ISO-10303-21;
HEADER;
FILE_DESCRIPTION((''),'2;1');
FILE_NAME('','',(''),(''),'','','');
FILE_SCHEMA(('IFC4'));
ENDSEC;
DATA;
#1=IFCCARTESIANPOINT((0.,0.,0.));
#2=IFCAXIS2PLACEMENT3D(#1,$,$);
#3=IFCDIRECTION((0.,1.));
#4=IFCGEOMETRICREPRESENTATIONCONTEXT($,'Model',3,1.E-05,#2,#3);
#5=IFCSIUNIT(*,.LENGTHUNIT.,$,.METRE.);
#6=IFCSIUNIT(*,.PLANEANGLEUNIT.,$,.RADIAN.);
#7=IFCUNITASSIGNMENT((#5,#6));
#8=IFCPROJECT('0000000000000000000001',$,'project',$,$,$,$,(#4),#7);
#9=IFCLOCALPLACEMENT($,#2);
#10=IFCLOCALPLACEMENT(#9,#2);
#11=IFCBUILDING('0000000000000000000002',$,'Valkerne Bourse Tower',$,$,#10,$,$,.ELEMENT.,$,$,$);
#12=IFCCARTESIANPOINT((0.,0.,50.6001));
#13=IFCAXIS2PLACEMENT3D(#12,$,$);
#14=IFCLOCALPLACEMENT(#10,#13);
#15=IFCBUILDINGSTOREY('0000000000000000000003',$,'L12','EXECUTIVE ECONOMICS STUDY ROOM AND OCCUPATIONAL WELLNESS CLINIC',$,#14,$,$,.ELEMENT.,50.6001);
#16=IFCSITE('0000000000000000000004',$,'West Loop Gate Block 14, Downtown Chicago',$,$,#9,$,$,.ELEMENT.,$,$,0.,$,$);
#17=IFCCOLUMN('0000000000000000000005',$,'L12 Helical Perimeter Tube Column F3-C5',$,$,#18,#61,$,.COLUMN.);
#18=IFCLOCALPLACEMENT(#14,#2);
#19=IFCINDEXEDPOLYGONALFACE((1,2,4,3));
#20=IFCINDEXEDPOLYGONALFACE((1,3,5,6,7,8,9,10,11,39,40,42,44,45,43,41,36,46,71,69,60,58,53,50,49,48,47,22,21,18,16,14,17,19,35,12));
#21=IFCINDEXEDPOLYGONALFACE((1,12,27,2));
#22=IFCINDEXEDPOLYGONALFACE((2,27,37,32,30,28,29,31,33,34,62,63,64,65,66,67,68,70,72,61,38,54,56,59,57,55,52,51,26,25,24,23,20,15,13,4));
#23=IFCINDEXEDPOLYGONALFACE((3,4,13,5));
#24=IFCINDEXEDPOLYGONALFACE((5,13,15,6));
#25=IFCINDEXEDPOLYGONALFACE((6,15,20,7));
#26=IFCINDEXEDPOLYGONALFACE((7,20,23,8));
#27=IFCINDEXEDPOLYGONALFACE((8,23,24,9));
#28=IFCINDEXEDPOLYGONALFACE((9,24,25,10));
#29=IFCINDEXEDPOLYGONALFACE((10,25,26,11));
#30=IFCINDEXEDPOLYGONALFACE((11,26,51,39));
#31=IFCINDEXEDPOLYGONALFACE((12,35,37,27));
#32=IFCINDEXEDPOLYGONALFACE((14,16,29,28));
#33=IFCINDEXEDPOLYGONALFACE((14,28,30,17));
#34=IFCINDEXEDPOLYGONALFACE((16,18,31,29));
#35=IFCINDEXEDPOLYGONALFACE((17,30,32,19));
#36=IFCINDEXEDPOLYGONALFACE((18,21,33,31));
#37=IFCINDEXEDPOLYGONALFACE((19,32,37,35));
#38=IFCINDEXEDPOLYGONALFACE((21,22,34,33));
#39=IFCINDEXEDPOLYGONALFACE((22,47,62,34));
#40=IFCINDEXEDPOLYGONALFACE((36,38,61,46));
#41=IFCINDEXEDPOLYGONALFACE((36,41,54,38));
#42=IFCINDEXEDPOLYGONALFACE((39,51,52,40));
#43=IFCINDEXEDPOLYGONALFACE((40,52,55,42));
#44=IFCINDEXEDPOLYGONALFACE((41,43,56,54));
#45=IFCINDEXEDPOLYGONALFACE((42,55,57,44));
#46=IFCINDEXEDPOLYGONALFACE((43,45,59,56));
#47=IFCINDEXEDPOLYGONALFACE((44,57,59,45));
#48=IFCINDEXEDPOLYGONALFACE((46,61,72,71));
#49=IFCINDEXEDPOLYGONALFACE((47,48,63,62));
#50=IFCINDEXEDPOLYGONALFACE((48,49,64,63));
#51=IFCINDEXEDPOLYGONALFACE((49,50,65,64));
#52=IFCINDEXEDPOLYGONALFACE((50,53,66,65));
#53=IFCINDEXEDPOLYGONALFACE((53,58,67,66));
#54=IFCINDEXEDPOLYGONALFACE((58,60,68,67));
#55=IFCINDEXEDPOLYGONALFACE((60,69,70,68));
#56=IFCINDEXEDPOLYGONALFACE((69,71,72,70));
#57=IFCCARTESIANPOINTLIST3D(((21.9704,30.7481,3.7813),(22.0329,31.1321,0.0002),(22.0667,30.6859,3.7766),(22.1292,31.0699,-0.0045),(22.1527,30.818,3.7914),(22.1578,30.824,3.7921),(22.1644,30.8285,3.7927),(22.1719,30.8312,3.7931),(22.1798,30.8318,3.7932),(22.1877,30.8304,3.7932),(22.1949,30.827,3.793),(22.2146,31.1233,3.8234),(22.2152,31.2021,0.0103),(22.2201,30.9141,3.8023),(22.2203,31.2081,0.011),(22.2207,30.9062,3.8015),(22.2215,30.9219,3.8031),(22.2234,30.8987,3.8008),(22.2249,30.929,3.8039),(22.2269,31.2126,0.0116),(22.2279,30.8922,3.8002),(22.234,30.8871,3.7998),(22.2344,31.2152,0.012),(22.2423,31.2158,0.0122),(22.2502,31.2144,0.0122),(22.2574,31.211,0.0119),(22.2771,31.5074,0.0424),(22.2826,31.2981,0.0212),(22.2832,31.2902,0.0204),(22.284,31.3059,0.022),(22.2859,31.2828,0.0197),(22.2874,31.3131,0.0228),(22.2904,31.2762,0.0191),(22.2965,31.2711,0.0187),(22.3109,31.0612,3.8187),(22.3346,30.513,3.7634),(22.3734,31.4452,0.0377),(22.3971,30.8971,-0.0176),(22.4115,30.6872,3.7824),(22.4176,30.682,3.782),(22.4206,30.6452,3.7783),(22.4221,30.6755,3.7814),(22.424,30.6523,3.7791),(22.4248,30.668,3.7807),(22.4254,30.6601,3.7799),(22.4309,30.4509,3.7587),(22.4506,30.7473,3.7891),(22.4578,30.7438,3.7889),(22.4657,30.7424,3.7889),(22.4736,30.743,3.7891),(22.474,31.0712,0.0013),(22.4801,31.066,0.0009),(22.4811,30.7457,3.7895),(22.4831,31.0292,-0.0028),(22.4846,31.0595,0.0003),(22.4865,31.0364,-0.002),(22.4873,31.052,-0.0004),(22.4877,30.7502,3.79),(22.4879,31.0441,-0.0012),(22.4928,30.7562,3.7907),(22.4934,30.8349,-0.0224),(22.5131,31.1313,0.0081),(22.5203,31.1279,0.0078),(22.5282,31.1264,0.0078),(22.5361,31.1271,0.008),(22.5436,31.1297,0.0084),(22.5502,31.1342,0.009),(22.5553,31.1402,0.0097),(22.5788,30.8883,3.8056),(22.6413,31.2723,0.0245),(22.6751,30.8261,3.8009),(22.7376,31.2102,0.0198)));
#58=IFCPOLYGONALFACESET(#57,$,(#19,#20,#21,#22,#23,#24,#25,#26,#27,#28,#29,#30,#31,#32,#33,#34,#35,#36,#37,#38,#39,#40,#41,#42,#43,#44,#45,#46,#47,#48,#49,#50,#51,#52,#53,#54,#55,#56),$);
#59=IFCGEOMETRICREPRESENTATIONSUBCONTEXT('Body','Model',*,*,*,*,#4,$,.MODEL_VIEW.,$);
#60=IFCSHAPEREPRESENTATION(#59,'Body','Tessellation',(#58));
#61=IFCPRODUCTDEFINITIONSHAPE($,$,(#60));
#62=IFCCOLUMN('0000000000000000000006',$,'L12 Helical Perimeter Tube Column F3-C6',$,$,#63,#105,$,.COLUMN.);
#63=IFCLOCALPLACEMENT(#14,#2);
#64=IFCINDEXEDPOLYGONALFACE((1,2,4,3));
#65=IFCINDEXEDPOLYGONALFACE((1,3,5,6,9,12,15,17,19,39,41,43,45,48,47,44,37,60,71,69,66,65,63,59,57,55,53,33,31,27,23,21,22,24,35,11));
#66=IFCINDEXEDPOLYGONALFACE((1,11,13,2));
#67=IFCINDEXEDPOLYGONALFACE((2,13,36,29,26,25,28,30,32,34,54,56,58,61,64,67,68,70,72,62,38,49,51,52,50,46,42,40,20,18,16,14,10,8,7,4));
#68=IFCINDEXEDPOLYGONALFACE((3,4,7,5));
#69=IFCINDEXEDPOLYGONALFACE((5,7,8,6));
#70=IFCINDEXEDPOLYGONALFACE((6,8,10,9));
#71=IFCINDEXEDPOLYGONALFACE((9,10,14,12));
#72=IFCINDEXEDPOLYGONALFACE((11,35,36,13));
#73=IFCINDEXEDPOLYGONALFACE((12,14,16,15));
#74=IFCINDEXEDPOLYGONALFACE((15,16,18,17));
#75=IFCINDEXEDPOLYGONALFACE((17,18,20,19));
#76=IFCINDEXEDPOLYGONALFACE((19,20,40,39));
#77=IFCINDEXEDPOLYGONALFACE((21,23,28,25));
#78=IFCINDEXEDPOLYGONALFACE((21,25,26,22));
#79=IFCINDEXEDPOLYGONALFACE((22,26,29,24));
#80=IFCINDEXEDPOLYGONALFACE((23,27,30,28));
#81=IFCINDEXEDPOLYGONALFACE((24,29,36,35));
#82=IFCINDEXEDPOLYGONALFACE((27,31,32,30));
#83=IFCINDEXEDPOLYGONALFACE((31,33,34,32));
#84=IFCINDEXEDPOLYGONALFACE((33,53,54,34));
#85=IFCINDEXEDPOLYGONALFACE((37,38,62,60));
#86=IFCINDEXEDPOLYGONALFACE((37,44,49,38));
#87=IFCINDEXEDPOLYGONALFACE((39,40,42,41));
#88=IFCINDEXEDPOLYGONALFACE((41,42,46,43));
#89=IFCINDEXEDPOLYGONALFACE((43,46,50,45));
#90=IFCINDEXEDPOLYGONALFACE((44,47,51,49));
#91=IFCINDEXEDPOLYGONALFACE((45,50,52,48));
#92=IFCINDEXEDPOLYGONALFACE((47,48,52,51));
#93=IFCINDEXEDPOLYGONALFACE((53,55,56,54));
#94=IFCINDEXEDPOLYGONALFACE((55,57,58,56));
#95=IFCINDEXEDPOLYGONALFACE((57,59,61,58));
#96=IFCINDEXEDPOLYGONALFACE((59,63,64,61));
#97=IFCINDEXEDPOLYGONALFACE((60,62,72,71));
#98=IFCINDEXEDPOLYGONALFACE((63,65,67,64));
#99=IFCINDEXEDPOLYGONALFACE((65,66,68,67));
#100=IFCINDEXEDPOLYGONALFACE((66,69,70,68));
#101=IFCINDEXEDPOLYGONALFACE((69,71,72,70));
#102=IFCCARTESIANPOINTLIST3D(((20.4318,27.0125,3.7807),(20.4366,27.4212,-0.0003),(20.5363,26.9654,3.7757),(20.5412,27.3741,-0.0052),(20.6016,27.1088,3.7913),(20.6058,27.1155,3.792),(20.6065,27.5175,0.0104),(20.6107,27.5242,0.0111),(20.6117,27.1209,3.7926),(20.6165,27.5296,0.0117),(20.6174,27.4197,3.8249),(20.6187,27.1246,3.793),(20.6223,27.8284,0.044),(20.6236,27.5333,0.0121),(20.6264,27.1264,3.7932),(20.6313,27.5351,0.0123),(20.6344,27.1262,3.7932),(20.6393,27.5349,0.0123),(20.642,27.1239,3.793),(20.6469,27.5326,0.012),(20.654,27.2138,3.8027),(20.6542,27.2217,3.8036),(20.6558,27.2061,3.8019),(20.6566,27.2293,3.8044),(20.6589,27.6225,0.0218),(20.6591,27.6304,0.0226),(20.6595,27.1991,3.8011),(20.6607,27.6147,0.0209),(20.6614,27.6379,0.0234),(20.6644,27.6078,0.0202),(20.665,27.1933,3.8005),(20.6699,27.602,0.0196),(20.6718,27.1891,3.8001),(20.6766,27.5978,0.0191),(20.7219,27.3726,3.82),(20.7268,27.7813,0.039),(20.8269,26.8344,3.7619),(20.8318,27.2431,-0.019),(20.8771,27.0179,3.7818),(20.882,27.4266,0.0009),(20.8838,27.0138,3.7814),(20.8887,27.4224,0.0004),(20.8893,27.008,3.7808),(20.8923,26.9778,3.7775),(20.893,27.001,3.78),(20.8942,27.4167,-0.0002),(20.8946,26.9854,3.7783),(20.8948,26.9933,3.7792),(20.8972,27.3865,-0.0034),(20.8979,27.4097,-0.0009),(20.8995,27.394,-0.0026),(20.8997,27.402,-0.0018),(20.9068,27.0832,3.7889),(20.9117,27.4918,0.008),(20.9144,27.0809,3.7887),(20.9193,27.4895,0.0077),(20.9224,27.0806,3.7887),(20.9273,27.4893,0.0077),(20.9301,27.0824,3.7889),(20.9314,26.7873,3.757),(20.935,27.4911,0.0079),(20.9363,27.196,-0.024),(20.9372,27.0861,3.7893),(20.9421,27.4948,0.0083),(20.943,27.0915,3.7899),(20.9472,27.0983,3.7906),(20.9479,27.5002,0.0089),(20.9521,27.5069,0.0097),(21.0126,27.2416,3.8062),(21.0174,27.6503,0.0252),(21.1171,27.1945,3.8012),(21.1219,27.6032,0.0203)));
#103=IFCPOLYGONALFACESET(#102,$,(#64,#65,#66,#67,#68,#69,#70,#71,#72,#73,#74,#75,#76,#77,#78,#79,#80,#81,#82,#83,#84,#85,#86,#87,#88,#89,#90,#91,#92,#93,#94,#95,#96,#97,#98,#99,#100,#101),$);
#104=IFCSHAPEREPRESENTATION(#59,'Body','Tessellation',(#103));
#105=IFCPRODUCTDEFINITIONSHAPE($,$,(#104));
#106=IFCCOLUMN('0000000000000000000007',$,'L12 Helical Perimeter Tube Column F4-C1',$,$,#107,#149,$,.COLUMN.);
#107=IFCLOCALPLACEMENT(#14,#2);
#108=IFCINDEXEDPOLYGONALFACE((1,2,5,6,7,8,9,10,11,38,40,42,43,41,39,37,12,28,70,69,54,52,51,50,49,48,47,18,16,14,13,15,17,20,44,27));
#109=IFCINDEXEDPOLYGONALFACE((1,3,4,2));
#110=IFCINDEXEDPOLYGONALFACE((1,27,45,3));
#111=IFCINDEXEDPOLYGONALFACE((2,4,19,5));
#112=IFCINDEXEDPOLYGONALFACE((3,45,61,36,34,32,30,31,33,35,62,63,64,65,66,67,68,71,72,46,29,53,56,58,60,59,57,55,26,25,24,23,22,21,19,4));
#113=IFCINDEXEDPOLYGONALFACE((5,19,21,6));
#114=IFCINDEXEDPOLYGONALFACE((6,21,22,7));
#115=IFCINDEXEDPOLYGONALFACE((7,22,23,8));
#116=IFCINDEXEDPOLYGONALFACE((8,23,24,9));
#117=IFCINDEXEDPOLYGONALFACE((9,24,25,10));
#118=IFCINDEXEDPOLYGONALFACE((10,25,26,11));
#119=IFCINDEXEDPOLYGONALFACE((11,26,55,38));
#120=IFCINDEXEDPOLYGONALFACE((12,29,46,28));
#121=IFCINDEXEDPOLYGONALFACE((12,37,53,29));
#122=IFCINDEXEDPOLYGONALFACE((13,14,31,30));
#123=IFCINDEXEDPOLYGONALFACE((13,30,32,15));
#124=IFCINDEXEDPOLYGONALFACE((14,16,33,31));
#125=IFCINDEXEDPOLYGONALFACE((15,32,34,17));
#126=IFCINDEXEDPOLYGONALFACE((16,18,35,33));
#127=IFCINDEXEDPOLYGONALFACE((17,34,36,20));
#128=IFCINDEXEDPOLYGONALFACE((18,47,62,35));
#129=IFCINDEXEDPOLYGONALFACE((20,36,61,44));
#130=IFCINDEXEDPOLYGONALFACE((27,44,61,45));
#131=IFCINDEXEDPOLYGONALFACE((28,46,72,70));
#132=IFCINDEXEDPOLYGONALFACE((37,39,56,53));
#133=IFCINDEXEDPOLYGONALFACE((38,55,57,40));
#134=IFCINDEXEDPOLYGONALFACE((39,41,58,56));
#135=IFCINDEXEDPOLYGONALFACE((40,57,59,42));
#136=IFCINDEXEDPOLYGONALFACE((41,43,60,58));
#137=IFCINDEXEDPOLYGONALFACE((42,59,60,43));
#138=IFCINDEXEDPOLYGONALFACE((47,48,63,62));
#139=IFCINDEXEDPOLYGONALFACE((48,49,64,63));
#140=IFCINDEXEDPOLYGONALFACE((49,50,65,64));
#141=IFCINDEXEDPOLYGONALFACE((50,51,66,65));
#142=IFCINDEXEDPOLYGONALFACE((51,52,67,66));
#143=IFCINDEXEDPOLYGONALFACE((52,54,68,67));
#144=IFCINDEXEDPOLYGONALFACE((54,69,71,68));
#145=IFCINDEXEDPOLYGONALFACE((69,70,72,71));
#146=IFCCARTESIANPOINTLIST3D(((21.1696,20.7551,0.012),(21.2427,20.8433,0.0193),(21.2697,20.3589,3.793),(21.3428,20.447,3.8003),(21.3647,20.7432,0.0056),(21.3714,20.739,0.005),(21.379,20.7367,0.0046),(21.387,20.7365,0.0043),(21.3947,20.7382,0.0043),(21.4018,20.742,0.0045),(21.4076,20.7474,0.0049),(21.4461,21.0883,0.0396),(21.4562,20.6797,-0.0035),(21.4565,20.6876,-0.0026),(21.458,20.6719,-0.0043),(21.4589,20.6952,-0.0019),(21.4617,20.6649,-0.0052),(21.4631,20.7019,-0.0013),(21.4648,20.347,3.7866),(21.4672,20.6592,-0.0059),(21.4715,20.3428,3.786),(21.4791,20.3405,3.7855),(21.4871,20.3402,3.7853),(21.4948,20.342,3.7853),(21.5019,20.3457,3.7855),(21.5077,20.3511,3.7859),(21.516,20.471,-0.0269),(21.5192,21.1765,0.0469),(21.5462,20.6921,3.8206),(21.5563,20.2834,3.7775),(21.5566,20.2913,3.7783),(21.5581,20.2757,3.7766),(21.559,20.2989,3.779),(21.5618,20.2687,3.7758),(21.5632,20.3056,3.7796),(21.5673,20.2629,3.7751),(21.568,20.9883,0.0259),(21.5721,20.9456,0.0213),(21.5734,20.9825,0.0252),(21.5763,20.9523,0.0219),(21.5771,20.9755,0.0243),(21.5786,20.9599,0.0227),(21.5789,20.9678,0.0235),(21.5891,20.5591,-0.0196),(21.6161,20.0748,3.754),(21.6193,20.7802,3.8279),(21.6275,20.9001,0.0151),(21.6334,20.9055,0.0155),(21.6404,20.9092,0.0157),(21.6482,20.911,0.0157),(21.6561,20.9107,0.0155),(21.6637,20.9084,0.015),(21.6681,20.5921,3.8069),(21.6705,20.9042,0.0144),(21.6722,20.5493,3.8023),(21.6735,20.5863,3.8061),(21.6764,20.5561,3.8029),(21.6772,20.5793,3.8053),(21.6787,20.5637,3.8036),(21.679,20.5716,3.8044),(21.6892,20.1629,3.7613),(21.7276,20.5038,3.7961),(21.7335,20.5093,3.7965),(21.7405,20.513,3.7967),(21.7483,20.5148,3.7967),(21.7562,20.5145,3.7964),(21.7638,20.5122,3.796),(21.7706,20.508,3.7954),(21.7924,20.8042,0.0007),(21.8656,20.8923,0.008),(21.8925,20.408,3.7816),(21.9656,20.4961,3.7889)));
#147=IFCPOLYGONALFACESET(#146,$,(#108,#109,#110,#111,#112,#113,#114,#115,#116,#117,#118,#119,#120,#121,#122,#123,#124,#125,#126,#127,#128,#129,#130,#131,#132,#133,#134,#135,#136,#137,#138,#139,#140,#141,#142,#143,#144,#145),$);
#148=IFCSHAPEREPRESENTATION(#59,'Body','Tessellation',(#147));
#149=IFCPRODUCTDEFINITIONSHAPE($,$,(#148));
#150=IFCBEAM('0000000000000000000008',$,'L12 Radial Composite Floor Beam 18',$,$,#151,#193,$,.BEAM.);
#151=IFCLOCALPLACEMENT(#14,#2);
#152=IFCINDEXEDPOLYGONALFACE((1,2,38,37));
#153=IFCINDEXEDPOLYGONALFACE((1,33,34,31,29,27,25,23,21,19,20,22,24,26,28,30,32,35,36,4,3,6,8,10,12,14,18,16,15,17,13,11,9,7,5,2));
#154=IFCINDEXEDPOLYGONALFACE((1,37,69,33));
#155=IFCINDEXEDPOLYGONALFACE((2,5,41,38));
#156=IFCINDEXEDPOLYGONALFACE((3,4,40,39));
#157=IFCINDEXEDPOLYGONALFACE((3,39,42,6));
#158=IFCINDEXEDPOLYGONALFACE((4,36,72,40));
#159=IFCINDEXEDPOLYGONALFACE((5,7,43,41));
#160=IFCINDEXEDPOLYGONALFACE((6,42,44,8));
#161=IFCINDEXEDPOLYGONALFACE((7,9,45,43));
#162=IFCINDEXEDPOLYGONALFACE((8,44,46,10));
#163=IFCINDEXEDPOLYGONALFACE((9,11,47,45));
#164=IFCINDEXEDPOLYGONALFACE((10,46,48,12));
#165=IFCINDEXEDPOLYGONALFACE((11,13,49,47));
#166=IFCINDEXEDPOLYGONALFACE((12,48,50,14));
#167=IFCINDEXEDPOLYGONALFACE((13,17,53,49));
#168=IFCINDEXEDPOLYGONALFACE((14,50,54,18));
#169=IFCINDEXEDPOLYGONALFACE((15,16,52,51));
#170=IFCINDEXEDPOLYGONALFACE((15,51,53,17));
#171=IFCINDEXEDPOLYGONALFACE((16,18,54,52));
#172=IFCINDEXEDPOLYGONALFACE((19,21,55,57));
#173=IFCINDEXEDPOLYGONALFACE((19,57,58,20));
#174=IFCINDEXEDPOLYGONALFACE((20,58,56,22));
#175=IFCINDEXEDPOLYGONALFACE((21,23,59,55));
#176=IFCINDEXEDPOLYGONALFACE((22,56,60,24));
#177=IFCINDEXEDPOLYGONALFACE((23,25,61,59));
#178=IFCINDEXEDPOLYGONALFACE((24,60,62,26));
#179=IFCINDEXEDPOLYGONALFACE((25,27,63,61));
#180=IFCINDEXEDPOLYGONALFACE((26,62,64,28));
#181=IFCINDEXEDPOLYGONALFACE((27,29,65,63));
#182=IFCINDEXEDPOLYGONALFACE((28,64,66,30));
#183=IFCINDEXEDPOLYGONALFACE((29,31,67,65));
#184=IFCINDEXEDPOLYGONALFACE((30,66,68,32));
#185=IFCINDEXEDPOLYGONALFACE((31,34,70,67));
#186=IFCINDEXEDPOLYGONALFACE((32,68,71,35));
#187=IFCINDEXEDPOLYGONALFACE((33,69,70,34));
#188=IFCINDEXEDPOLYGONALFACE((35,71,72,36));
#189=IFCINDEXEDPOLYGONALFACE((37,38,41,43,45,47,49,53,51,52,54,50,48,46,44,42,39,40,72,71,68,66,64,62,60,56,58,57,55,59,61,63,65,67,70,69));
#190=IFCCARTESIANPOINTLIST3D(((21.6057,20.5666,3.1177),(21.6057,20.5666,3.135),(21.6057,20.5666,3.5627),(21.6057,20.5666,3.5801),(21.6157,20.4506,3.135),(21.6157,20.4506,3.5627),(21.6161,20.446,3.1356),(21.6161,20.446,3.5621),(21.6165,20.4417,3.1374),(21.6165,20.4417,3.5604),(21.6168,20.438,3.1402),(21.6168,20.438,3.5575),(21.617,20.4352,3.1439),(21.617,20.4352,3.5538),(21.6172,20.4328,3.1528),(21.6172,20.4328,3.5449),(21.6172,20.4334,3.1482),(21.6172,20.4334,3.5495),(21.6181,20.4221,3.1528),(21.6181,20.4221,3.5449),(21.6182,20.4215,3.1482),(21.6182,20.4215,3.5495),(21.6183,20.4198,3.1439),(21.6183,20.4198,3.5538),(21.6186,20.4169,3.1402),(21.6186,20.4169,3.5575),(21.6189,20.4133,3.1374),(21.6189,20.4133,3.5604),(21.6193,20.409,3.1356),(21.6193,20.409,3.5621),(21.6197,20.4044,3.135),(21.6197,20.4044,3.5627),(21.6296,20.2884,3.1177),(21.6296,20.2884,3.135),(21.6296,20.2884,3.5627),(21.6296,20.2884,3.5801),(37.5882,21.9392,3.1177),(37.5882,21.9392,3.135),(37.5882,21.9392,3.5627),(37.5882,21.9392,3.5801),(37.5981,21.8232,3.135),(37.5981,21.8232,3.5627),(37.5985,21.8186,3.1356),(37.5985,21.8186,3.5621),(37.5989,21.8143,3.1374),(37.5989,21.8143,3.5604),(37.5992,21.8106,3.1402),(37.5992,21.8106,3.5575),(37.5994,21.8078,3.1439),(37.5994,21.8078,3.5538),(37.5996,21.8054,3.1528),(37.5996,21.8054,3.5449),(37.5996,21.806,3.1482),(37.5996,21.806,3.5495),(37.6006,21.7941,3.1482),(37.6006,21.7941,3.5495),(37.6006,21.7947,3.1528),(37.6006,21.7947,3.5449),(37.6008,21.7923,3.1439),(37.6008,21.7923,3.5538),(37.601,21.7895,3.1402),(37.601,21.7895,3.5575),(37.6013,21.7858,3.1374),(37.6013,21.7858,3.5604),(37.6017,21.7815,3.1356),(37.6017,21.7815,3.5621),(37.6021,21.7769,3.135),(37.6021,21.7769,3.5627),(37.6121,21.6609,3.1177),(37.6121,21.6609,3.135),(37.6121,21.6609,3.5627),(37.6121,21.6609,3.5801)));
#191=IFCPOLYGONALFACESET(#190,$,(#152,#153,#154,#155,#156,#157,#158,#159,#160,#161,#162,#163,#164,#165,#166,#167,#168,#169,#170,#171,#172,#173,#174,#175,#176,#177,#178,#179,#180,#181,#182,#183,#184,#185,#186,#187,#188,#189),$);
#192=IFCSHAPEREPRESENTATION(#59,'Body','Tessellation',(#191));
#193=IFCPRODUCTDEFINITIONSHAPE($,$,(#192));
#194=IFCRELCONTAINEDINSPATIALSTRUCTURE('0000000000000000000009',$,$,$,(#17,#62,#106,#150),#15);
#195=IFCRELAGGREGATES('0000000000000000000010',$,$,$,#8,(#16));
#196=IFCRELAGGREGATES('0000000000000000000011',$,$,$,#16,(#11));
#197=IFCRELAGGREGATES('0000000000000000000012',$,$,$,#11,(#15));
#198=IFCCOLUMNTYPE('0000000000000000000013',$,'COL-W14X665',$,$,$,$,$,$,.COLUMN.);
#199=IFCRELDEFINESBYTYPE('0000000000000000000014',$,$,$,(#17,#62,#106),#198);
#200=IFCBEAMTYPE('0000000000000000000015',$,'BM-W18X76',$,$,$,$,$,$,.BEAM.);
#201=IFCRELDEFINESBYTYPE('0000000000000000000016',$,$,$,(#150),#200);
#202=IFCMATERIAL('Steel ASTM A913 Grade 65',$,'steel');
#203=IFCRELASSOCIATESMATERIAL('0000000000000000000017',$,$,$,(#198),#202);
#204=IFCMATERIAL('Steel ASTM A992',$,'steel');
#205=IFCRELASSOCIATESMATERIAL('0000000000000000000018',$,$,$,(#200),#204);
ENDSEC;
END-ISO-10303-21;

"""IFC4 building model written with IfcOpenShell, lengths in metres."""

from ifc_helpers import new_model, si_unit, direction, frame, origin, origin_2d, place, context, subcontext, project, spatial, i_section, extrude, material, material_profile, profile_set, type_object, element, save


model = new_model("IFC4")

# Units and contexts
model_context = context("Model", 3, precision=1e-05, world=origin(), true_north=direction((0.0, 1.0)))
body_context = subcontext(model_context, "Body", "Model", "MODEL_VIEW")
ifc_project = project(units=[si_unit("LENGTHUNIT", "METRE"), si_unit("PLANEANGLEUNIT", "RADIAN")], contexts=[model_context])

# Site, building, storey
site_placement = place(None, origin())
site = spatial("IfcSite", under=ifc_project, at=site_placement, Name="West Loop Gate Block 14, Downtown Chicago", CompositionType="ELEMENT", RefElevation=0.0)
building_placement = place(site_placement, origin())
building = spatial("IfcBuilding", under=site, at=building_placement, Name="Valkerne Bourse Tower", CompositionType="ELEMENT")
storey_placement = place(building_placement, frame((0.0, 0.0, 50.6001)))
storey = spatial("IfcBuildingStorey", under=building, at=storey_placement, Name="L12", Description="EXECUTIVE ECONOMICS STUDY ROOM AND OCCUPATIONAL WELLNESS CLINIC", CompositionType="ELEMENT", Elevation=50.6001)

# Columns
ifc_material_1 = material(Name="Steel ASTM A913 Grade 65", Category="steel")
ifc_material_profile_1 = material_profile(ifc_material_1, i_section(OverallWidth=0.4497, OverallDepth=0.5486, WebThickness=0.072, FlangeThickness=0.1147, FilletRadius=0.0305, at=origin_2d()), Name="W14X665")
ifc_profile_set_1 = profile_set([ifc_material_profile_1], Name="Steel ASTM A913 Grade 65")
column_type = type_object("IfcColumnType", Name="COL-W14X665", PredefinedType="COLUMN", material=ifc_profile_set_1)
column_placement = place(storey_placement, frame((22.3853, 31.1711, 0.01), z_axis=(-0.016443, -0.101036, 0.994747), x_axis=(-0.543041, -0.834458, -0.093732)))
element("IfcColumn", 1, at=column_placement, inside=storey, type_object=column_type, Name="L12 Helical Perimeter Tube Column F3-C5", PredefinedType="COLUMN", context=body_context, shape_type="SweptSolid", body=[
    extrude(i_section(OverallWidth=0.4497, OverallDepth=0.5486, WebThickness=0.072, FlangeThickness=0.1147, FilletRadius=0.0305, at=origin_2d()), origin(), (0.0, 0.0, 1.0), 3.801),
])
for number, where, z_axis, x_axis, name in (
    (2, (20.7793, 27.5122, 0.01), (-0.001284, -0.107465, 0.994208), (-0.412795, -0.905492, -0.098408), "L12 Helical Perimeter Tube Column F3-C6"),
    (3, (21.5176, 20.8237, 0.01), (0.026321, -0.104191, 0.994209), (0.77023, -0.631858, -0.086608), "L12 Helical Perimeter Tube Column F4-C1"),
):
    element("IfcColumn", number, at=place(storey_placement, frame(where, z_axis=z_axis, x_axis=x_axis)), inside=storey, type_object=column_type, Name=name, PredefinedType="COLUMN", context=body_context, shape_type="SweptSolid", body=[
        extrude(i_section(OverallWidth=0.4497, OverallDepth=0.5486, WebThickness=0.072, FlangeThickness=0.1147, FilletRadius=0.0305, at=origin_2d()), origin(), (0.0, 0.0, 1.0), 3.803),
    ])

# Beam
ifc_material_2 = material(Name="Steel ASTM A992", Category="steel")
ifc_material_profile_2 = material_profile(ifc_material_2, i_section(OverallWidth=0.2793, OverallDepth=0.4624, WebThickness=0.0107, FlangeThickness=0.0173, FilletRadius=0.0178, at=origin_2d()), Name="W18X76")
ifc_profile_set_2 = profile_set([ifc_material_profile_2], Name="Steel ASTM A992")
beam_type_1 = type_object("IfcBeamType", Name="BM-W18X76", PredefinedType="BEAM", material=ifc_profile_set_2)
beam_1_placement = place(storey_placement, frame((21.6177, 20.4275, 3.3489), z_axis=(0.996333, 0.085564, 0.0), x_axis=(-0.085564, 0.996333, 0.0)))
element("IfcBeam", 4, at=beam_1_placement, inside=storey, type_object=beam_type_1, Name="L12 Radial Composite Floor Beam 18", PredefinedType="BEAM", context=body_context, shape_type="SweptSolid", body=[
    extrude(i_section(OverallWidth=0.2793, OverallDepth=0.4624, WebThickness=0.0107, FlangeThickness=0.0173, FilletRadius=0.0178, at=origin_2d()), origin(), (0.0, 0.0, 1.0), 16.0413),
])

save(model, "model.ifc")
